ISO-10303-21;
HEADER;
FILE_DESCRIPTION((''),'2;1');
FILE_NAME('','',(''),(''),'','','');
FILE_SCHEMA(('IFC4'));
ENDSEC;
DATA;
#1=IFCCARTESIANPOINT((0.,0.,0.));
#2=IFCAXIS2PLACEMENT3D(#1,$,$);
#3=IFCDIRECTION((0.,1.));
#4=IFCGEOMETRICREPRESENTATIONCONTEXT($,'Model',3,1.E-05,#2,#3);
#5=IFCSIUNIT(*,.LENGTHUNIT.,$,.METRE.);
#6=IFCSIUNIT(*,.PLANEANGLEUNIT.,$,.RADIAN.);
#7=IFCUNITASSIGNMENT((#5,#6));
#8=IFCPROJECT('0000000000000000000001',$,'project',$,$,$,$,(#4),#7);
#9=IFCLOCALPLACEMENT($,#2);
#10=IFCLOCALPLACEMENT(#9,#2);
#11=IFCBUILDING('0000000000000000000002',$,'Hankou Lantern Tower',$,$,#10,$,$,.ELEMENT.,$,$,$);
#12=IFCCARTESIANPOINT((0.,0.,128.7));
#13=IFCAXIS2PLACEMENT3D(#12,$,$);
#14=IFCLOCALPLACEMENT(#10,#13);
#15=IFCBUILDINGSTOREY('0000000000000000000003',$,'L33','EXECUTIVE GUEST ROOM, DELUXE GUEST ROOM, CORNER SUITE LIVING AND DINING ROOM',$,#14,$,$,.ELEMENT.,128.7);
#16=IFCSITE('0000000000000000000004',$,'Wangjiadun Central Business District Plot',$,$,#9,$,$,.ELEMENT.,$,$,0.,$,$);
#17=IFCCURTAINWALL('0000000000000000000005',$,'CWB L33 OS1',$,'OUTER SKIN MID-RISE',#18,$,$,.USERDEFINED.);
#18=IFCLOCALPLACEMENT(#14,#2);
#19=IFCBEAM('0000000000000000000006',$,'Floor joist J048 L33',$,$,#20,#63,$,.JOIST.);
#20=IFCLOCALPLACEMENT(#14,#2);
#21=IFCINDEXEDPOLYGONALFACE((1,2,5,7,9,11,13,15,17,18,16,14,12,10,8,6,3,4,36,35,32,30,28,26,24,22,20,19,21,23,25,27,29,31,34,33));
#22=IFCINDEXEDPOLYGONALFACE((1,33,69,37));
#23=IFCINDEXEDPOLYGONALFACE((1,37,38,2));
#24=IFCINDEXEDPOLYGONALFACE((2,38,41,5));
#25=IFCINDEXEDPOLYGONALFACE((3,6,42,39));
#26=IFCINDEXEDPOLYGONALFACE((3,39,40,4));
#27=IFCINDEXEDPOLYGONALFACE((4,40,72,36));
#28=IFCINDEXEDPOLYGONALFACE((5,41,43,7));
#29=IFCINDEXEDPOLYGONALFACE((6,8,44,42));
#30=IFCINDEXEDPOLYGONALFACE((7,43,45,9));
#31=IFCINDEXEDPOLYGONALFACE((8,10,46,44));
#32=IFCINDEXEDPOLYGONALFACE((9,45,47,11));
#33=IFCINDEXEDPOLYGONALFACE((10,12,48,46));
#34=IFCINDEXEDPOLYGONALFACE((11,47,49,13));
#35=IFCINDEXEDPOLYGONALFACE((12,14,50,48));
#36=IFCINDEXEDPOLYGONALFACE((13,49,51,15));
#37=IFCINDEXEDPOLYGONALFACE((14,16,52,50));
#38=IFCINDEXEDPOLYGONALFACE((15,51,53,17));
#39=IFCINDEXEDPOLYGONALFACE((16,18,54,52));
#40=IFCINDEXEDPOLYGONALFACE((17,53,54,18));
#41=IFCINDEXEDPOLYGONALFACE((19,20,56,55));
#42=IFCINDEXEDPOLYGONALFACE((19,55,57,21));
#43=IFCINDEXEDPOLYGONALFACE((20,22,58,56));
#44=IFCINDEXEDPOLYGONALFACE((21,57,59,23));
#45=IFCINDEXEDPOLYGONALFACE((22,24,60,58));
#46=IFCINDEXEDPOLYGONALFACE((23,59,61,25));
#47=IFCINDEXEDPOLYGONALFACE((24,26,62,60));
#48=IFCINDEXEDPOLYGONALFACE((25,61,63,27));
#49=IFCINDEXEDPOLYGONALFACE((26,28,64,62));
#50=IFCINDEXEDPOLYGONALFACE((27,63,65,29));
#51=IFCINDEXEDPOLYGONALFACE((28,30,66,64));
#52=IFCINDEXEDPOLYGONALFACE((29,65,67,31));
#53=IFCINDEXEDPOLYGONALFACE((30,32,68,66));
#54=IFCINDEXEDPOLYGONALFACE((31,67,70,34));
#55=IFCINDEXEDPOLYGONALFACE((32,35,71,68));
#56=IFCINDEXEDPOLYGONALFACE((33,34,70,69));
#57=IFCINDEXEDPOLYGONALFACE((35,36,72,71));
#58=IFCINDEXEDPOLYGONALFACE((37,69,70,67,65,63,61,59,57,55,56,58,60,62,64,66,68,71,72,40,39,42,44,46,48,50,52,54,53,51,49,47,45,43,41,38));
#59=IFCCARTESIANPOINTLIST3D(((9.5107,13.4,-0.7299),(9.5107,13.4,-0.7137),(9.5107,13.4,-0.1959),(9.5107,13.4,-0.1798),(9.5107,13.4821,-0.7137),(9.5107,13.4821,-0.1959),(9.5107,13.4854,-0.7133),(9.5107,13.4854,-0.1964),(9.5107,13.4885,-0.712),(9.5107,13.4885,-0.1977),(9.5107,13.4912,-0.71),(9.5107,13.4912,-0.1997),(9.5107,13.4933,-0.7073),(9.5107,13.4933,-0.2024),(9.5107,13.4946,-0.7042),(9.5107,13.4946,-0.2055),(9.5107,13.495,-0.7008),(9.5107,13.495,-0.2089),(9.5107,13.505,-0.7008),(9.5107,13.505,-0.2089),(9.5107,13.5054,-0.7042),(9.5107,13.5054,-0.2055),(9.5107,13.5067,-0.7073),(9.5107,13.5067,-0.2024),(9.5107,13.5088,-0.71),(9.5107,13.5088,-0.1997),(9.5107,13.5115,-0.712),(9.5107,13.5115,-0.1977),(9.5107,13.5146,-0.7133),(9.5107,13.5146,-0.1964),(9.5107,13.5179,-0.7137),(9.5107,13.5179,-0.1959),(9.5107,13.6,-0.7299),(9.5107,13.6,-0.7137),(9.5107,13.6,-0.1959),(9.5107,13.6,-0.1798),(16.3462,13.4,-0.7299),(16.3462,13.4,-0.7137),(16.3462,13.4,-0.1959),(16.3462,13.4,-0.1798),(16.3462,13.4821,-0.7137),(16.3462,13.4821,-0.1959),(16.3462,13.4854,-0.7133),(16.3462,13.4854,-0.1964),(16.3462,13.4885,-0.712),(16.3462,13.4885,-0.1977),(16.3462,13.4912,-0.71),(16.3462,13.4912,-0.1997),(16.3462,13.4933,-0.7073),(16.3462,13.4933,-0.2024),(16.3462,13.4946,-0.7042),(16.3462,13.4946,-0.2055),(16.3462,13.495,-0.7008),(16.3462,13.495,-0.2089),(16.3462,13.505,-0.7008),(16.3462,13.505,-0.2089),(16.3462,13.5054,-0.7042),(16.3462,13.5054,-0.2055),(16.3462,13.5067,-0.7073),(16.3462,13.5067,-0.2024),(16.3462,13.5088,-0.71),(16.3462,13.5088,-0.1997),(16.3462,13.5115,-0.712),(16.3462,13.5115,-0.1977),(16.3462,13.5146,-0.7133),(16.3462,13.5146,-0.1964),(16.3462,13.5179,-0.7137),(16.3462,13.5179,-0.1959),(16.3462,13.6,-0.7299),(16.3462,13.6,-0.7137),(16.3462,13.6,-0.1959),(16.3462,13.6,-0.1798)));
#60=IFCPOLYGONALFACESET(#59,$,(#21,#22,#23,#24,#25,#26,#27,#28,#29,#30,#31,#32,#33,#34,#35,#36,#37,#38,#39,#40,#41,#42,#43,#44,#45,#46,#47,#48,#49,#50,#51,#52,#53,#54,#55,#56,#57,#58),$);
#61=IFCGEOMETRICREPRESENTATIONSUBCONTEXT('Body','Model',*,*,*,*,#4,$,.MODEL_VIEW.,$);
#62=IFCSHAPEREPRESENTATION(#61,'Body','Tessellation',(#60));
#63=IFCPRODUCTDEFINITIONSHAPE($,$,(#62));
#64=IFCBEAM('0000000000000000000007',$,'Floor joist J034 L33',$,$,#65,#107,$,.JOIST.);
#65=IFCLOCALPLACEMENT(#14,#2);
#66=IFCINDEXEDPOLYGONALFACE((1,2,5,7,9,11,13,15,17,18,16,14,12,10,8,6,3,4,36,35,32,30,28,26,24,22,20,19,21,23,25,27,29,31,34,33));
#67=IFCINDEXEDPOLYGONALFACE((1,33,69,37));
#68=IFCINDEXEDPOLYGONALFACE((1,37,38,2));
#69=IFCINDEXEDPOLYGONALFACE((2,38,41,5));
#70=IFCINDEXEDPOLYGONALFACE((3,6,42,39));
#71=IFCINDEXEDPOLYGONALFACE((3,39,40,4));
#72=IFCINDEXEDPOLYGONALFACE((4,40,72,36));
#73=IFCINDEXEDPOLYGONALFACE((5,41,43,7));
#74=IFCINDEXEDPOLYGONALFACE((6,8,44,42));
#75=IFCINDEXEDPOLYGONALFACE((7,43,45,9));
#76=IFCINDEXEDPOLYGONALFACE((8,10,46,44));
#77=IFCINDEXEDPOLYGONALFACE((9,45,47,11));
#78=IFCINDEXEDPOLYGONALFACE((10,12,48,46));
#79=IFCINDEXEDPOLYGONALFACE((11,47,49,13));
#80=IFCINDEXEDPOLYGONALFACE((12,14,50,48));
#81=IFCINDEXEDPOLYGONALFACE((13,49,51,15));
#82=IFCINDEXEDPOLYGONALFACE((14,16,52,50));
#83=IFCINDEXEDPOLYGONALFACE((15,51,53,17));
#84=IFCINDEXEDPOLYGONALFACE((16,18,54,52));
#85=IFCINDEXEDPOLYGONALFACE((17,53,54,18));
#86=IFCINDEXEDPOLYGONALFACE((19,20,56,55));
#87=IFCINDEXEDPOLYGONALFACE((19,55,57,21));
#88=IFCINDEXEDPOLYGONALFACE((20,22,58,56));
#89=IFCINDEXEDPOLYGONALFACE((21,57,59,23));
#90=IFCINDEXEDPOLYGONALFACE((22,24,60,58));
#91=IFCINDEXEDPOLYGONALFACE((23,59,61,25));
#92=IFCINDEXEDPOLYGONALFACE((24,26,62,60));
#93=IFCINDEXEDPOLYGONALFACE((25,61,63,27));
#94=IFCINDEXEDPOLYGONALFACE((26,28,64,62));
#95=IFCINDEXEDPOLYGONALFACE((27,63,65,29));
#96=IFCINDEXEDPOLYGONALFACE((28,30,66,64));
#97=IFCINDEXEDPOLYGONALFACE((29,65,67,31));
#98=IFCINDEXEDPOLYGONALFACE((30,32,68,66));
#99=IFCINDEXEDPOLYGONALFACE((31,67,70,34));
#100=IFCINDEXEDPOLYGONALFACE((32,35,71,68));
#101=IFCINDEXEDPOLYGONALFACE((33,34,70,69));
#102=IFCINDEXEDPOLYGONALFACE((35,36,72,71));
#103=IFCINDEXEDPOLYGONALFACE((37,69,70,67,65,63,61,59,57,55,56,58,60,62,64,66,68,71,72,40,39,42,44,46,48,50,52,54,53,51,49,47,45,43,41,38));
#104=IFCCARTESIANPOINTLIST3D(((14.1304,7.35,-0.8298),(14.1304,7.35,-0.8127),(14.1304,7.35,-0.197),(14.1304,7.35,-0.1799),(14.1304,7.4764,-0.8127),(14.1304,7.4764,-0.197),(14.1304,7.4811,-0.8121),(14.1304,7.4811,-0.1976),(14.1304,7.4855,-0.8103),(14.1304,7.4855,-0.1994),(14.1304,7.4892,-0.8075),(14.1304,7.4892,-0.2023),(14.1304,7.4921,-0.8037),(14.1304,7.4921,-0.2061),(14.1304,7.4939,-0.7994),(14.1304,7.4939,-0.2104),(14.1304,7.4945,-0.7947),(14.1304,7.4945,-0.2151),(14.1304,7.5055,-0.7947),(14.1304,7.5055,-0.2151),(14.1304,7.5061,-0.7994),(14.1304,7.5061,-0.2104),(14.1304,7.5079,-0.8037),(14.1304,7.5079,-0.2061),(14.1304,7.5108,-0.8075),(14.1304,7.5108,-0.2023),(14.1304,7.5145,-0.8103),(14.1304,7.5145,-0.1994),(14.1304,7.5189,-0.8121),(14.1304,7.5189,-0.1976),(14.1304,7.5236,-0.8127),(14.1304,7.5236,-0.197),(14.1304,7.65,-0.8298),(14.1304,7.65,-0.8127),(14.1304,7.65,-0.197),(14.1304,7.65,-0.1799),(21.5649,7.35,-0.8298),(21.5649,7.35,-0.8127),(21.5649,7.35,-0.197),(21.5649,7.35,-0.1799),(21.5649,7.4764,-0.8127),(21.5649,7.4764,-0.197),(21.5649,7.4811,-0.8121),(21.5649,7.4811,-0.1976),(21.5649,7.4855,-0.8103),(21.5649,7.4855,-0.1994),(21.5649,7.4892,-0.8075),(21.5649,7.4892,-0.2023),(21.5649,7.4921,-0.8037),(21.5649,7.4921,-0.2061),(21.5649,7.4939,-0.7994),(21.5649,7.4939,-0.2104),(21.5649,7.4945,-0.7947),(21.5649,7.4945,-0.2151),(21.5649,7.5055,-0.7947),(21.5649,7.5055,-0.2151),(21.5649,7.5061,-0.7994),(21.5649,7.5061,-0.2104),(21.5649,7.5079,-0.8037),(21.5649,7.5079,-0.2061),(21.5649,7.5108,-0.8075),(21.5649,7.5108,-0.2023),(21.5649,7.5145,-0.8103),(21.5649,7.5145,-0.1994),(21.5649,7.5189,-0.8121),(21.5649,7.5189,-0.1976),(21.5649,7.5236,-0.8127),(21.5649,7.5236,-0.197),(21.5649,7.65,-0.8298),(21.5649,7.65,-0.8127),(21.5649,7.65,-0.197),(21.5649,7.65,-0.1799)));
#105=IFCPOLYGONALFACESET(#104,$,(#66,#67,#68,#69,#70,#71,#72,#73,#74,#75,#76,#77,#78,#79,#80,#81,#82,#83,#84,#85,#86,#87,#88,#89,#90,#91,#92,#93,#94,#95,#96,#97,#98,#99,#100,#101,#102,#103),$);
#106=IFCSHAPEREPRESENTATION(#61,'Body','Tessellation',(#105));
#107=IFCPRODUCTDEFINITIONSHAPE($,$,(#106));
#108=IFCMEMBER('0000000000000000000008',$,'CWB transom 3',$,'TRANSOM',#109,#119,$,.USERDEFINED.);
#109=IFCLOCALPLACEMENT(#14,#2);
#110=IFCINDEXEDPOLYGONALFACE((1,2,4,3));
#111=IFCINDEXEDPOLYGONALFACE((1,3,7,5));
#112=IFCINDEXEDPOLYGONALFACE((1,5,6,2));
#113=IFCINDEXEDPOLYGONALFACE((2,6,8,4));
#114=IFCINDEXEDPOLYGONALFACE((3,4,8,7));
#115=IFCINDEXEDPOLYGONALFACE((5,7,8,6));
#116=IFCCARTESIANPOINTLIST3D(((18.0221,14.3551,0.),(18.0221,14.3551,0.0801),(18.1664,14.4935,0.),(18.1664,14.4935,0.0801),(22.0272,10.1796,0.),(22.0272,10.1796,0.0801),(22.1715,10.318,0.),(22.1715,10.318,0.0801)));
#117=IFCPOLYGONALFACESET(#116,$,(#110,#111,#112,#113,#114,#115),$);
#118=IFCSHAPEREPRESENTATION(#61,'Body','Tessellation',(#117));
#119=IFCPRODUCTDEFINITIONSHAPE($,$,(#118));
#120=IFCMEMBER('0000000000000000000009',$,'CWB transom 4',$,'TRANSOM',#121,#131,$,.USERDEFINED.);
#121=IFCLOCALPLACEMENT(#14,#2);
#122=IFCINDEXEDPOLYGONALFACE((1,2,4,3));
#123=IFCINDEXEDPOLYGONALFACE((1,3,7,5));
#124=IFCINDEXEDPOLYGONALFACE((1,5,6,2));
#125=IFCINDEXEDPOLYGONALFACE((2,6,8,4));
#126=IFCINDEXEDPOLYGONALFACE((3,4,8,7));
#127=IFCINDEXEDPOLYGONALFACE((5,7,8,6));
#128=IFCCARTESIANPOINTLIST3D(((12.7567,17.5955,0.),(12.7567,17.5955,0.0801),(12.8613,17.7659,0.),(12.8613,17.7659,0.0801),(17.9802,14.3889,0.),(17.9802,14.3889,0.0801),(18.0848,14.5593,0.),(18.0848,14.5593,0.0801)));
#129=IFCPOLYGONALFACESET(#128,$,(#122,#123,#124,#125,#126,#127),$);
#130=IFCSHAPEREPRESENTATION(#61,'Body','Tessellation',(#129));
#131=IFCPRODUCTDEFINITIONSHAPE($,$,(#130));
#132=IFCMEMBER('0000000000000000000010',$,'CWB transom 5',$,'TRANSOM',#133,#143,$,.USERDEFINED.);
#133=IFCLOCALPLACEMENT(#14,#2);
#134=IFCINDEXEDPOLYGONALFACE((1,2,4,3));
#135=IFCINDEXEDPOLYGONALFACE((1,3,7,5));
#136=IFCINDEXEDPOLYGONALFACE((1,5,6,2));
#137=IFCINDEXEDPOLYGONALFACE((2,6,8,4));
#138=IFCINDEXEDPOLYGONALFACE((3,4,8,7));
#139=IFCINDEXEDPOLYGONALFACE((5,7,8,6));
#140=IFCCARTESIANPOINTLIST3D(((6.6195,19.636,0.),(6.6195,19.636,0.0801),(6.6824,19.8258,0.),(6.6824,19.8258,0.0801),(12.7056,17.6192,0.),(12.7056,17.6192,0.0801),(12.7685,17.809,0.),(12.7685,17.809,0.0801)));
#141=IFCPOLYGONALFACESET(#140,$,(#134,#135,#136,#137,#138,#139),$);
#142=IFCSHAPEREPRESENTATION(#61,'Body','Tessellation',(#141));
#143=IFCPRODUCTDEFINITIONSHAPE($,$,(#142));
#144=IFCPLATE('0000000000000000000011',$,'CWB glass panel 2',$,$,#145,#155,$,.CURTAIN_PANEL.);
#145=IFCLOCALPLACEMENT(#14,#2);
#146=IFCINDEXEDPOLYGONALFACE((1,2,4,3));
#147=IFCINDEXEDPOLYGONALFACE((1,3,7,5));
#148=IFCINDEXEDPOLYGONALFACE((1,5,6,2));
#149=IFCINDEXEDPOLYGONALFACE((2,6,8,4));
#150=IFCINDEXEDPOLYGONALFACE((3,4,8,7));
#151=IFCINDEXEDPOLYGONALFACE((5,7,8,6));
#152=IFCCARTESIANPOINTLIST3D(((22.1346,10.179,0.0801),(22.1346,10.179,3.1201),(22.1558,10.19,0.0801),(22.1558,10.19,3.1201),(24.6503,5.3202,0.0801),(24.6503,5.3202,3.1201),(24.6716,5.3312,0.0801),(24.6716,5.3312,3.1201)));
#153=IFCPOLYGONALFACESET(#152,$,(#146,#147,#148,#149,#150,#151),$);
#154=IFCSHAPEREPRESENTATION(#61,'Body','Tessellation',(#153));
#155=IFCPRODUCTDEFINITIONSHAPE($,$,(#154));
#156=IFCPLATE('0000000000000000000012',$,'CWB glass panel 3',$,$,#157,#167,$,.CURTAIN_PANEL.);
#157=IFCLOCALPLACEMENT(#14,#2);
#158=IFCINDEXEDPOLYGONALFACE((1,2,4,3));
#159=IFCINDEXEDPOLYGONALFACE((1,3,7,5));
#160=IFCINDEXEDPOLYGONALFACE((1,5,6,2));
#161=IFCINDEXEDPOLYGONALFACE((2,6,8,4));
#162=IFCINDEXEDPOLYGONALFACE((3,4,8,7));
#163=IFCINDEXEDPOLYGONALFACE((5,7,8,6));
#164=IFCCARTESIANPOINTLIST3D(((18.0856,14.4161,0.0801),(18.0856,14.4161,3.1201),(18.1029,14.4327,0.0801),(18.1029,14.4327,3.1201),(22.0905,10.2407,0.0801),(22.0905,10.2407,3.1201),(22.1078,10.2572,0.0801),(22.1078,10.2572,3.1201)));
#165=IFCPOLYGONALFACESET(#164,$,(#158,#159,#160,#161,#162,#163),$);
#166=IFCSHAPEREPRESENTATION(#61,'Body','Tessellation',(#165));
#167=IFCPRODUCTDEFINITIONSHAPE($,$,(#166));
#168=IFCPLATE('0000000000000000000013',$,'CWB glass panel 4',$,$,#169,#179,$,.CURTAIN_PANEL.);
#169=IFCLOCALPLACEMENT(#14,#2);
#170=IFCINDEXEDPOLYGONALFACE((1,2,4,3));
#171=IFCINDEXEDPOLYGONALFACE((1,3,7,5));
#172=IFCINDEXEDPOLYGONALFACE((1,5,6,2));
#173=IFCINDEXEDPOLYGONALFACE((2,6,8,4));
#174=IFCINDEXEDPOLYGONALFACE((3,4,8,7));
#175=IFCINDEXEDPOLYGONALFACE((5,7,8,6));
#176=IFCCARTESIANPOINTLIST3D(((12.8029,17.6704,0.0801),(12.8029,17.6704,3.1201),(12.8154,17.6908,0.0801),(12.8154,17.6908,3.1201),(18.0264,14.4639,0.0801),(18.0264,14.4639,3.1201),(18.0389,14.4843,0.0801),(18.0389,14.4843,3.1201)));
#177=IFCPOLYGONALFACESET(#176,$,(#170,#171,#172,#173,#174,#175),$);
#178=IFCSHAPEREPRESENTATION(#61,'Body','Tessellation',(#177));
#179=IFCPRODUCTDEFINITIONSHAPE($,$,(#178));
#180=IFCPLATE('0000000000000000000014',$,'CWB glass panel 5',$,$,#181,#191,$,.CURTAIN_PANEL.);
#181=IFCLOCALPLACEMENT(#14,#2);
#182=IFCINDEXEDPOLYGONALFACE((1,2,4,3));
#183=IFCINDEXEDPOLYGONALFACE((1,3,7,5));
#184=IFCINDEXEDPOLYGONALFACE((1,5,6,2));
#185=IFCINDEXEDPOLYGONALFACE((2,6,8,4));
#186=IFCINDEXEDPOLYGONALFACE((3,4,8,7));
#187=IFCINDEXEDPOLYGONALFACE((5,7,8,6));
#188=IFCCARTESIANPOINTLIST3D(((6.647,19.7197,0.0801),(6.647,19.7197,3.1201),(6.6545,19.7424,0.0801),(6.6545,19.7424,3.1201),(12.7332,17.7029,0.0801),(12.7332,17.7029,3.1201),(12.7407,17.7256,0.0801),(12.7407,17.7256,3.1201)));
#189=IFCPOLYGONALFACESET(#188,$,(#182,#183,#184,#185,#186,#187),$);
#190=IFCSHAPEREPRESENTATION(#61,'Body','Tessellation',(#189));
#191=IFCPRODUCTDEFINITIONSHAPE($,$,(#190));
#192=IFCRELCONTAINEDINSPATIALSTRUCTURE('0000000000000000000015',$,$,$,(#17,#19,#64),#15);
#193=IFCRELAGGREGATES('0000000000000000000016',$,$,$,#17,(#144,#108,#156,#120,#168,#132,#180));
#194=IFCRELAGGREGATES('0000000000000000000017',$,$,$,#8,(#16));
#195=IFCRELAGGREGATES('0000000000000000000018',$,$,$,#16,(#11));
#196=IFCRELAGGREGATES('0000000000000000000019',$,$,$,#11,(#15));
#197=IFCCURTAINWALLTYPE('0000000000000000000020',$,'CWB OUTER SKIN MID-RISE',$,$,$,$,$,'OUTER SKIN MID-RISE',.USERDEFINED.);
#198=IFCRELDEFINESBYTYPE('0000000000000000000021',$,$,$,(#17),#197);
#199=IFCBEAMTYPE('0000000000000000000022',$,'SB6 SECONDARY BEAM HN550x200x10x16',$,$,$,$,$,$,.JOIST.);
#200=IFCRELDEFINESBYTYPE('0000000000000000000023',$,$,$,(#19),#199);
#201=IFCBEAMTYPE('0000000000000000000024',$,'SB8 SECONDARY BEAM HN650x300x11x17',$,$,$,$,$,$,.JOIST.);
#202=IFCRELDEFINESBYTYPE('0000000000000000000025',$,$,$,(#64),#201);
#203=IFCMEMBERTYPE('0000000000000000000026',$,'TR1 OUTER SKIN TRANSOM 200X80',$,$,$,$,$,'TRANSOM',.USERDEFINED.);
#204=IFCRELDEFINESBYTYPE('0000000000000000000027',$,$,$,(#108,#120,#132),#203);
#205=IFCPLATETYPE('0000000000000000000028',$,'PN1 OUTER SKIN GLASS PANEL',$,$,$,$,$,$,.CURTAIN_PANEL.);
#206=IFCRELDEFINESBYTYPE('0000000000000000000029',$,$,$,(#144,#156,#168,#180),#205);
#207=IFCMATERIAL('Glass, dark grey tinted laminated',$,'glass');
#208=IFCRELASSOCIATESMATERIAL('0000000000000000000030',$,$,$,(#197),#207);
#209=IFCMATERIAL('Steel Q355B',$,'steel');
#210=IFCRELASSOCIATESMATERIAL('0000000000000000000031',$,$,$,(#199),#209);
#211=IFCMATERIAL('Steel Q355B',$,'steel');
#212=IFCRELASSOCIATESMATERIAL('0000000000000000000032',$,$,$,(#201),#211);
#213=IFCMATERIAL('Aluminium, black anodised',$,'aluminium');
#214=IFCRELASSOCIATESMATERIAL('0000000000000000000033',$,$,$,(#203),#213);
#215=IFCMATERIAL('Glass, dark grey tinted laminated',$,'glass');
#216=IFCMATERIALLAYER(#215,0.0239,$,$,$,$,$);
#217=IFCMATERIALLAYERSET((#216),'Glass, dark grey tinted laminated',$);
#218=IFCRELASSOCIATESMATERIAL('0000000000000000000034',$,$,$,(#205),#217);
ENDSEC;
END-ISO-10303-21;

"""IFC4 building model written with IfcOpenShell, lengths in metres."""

from ifc_helpers import new_model, si_unit, direction, frame, origin, origin_2d, place, context, subcontext, project, spatial, rectangle, i_section, extrude, material, layer, layer_set, material_profile, profile_set, type_object, element, aggregate, save


model = new_model("IFC4")

# Units and contexts
model_context = context("Model", 3, precision=1e-05, world=origin(), true_north=direction((0.0, 1.0)))
body_context = subcontext(model_context, "Body", "Model", "MODEL_VIEW")
ifc_project = project(units=[si_unit("LENGTHUNIT", "METRE"), si_unit("PLANEANGLEUNIT", "RADIAN")], contexts=[model_context])

# Site, building, storey
site_placement = place(None, origin())
site = spatial("IfcSite", under=ifc_project, at=site_placement, Name="Wangjiadun Central Business District Plot", CompositionType="ELEMENT", RefElevation=0.0)
building_placement = place(site_placement, origin())
building = spatial("IfcBuilding", under=site, at=building_placement, Name="Hankou Lantern Tower", CompositionType="ELEMENT")
storey_placement = place(building_placement, frame((0.0, 0.0, 128.7)))
storey = spatial("IfcBuildingStorey", under=building, at=storey_placement, Name="L33", Description="EXECUTIVE GUEST ROOM, DELUXE GUEST ROOM, CORNER SUITE LIVING AND DINING ROOM", CompositionType="ELEMENT", Elevation=128.7)

# Curtain wall
ifc_material_1 = material(Name="Glass, dark grey tinted laminated", Category="glass")
curtain_wall_type = type_object("IfcCurtainWallType", Name="CWB OUTER SKIN MID-RISE", ElementType="OUTER SKIN MID-RISE", PredefinedType="USERDEFINED", material=ifc_material_1)
curtain_wall_placement = place(storey_placement, origin())
curtain_wall = element("IfcCurtainWall", 1, at=curtain_wall_placement, inside=storey, type_object=curtain_wall_type, Name="CWB L33 OS1", ObjectType="OUTER SKIN MID-RISE", PredefinedType="USERDEFINED")

# Beams
ifc_material_2 = material(Name="Steel Q355B", Category="steel")
ifc_material_profile_1 = material_profile(ifc_material_2, i_section(OverallWidth=0.2, OverallDepth=0.55, WebThickness=0.01, FlangeThickness=0.0161, FilletRadius=0.0129, at=origin_2d()), Name="HN550x200x10x16")
ifc_profile_set_1 = profile_set([ifc_material_profile_1], Name="Steel Q355B")
beam_type_1 = type_object("IfcBeamType", Name="SB6 SECONDARY BEAM HN550x200x10x16", PredefinedType="JOIST", material=ifc_profile_set_1)
beam_1_placement = place(storey_placement, frame((9.5107, 13.5, -0.4548), z_axis=(1.0, 0.0, 0.0), x_axis=(0.0, 1.0, 0.0)))
element("IfcBeam", 2, at=beam_1_placement, inside=storey, type_object=beam_type_1, Name="Floor joist J048 L33", PredefinedType="JOIST", context=body_context, shape_type="SweptSolid", body=[
    extrude(i_section(OverallWidth=0.2, OverallDepth=0.55, WebThickness=0.01, FlangeThickness=0.0161, FilletRadius=0.0129, at=origin_2d()), origin(), (0.0, 0.0, 1.0), 6.8354),
])
ifc_material_3 = material(Name="Steel Q355B", Category="steel")
ifc_material_profile_2 = material_profile(ifc_material_3, i_section(OverallWidth=0.3, OverallDepth=0.6499, WebThickness=0.011, FlangeThickness=0.0171, FilletRadius=0.0181, at=origin_2d()), Name="HN650x300x11x17")
ifc_profile_set_2 = profile_set([ifc_material_profile_2], Name="Steel Q355B")
beam_type_2 = type_object("IfcBeamType", Name="SB8 SECONDARY BEAM HN650x300x11x17", PredefinedType="JOIST", material=ifc_profile_set_2)
beam_2_placement = place(storey_placement, frame((14.1304, 7.5, -0.5049), z_axis=(1.0, 0.0, 0.0), x_axis=(0.0, 1.0, 0.0)))
element("IfcBeam", 3, at=beam_2_placement, inside=storey, type_object=beam_type_2, Name="Floor joist J034 L33", PredefinedType="JOIST", context=body_context, shape_type="SweptSolid", body=[
    extrude(i_section(OverallWidth=0.3, OverallDepth=0.6499, WebThickness=0.011, FlangeThickness=0.0171, FilletRadius=0.0181, at=origin_2d()), origin(), (0.0, 0.0, 1.0), 7.4346),
])

# Members
ifc_material_4 = material(Name="Aluminium, black anodised", Category="aluminium")
ifc_material_profile_3 = material_profile(ifc_material_4, rectangle(XDim=0.2, YDim=0.0801, at=origin_2d()), Name="TR1 200X80")
ifc_profile_set_3 = profile_set([ifc_material_profile_3], Name="Aluminium, black anodised")
member_type_1 = type_object("IfcMemberType", Name="TR1 OUTER SKIN TRANSOM 200X80", ElementType="TRANSOM", PredefinedType="USERDEFINED", material=ifc_profile_set_3)
member_1_placement = place(storey_placement, frame((22.0994, 10.2488, 0.04), z_axis=(-0.692227, 0.72168, 0.0), x_axis=(-0.72168, -0.692227, 0.0)))
member_1 = element("IfcMember", 4, at=member_1_placement, type_object=member_type_1, Name="CWB transom 3", ObjectType="TRANSOM", PredefinedType="USERDEFINED", context=body_context, shape_type="SweptSolid", body=[
    extrude(rectangle(XDim=0.2, YDim=0.0801, at=origin_2d()), origin(), (0.0, 0.0, 1.0), 5.7859),
])
member_2_placement = place(storey_placement, frame((18.0325, 14.4741, 0.04), z_axis=(-0.852229, 0.523168, 0.0), x_axis=(-0.523168, -0.852229, 0.0)))
member_2 = element("IfcMember", 5, at=member_2_placement, type_object=member_type_1, Name="CWB transom 4", ObjectType="TRANSOM", PredefinedType="USERDEFINED", context=body_context, shape_type="SweptSolid", body=[
    extrude(rectangle(XDim=0.2, YDim=0.0801, at=origin_2d()), origin(), (0.0, 0.0, 1.0), 6.1292),
])
member_3_placement = place(storey_placement, frame((12.7371, 17.7141, 0.04), z_axis=(-0.949238, 0.314559, 0.0), x_axis=(-0.314559, -0.949238, 0.0)))
member_3 = element("IfcMember", 6, at=member_3_placement, type_object=member_type_1, Name="CWB transom 5", ObjectType="TRANSOM", PredefinedType="USERDEFINED", context=body_context, shape_type="SweptSolid", body=[
    extrude(rectangle(XDim=0.2, YDim=0.0801, at=origin_2d()), origin(), (0.0, 0.0, 1.0), 6.4116),
])

# Plates
ifc_material_5 = material(Name="Glass, dark grey tinted laminated", Category="glass")
ifc_layer_1 = layer(ifc_material_5, 0.0239)
ifc_layer_set_1 = layer_set([ifc_layer_1], Name="Glass, dark grey tinted laminated")
plate_type = type_object("IfcPlateType", Name="PN1 OUTER SKIN GLASS PANEL", PredefinedType="CURTAIN_PANEL", material=ifc_layer_set_1)
plate_1_placement = place(storey_placement, frame((23.4031, 7.7551, 0.0801), z_axis=(0.0, 0.0, 1.0), x_axis=(-0.459791, 0.888027, 0.0)))
plate_1 = element("IfcPlate", 7, at=plate_1_placement, type_object=plate_type, Name="CWB glass panel 2", PredefinedType="CURTAIN_PANEL", context=body_context, shape_type="SweptSolid", body=[
    extrude(rectangle(XDim=5.4714, YDim=0.0239, at=origin_2d()), origin(), (0.0, 0.0, 1.0), 3.04),
])
plate_2_placement = place(storey_placement, frame((20.0967, 12.3367, 0.0801), z_axis=(0.0, 0.0, 1.0), x_axis=(-0.692216, 0.721691, 0.0)))
plate_2 = element("IfcPlate", 8, at=plate_2_placement, type_object=plate_type, Name="CWB glass panel 3", PredefinedType="CURTAIN_PANEL", context=body_context, shape_type="SweptSolid", body=[
    extrude(rectangle(XDim=5.7856, YDim=0.0239, at=origin_2d()), origin(), (0.0, 0.0, 1.0), 3.04),
])
plate_3_placement = place(storey_placement, frame((15.4209, 16.0774, 0.0801), z_axis=(0.0, 0.0, 1.0), x_axis=(-0.852237, 0.523156, 0.0)))
plate_3 = element("IfcPlate", 9, at=plate_3_placement, type_object=plate_type, Name="CWB glass panel 4", PredefinedType="CURTAIN_PANEL", context=body_context, shape_type="SweptSolid", body=[
    extrude(rectangle(XDim=6.1292, YDim=0.0239, at=origin_2d()), origin(), (0.0, 0.0, 1.0), 3.04),
])
plate_4_placement = place(storey_placement, frame((9.6938, 18.7227, 0.0801), z_axis=(0.0, 0.0, 1.0), x_axis=(-0.949241, 0.314551, 0.0)))
plate_4 = element("IfcPlate", 10, at=plate_4_placement, type_object=plate_type, Name="CWB glass panel 5", PredefinedType="CURTAIN_PANEL", context=body_context, shape_type="SweptSolid", body=[
    extrude(rectangle(XDim=6.4116, YDim=0.0239, at=origin_2d()), origin(), (0.0, 0.0, 1.0), 3.04),
])
aggregate(curtain_wall, [plate_1, member_1, plate_2, member_2, plate_3, member_3, plate_4])

save(model, "model.ifc")
